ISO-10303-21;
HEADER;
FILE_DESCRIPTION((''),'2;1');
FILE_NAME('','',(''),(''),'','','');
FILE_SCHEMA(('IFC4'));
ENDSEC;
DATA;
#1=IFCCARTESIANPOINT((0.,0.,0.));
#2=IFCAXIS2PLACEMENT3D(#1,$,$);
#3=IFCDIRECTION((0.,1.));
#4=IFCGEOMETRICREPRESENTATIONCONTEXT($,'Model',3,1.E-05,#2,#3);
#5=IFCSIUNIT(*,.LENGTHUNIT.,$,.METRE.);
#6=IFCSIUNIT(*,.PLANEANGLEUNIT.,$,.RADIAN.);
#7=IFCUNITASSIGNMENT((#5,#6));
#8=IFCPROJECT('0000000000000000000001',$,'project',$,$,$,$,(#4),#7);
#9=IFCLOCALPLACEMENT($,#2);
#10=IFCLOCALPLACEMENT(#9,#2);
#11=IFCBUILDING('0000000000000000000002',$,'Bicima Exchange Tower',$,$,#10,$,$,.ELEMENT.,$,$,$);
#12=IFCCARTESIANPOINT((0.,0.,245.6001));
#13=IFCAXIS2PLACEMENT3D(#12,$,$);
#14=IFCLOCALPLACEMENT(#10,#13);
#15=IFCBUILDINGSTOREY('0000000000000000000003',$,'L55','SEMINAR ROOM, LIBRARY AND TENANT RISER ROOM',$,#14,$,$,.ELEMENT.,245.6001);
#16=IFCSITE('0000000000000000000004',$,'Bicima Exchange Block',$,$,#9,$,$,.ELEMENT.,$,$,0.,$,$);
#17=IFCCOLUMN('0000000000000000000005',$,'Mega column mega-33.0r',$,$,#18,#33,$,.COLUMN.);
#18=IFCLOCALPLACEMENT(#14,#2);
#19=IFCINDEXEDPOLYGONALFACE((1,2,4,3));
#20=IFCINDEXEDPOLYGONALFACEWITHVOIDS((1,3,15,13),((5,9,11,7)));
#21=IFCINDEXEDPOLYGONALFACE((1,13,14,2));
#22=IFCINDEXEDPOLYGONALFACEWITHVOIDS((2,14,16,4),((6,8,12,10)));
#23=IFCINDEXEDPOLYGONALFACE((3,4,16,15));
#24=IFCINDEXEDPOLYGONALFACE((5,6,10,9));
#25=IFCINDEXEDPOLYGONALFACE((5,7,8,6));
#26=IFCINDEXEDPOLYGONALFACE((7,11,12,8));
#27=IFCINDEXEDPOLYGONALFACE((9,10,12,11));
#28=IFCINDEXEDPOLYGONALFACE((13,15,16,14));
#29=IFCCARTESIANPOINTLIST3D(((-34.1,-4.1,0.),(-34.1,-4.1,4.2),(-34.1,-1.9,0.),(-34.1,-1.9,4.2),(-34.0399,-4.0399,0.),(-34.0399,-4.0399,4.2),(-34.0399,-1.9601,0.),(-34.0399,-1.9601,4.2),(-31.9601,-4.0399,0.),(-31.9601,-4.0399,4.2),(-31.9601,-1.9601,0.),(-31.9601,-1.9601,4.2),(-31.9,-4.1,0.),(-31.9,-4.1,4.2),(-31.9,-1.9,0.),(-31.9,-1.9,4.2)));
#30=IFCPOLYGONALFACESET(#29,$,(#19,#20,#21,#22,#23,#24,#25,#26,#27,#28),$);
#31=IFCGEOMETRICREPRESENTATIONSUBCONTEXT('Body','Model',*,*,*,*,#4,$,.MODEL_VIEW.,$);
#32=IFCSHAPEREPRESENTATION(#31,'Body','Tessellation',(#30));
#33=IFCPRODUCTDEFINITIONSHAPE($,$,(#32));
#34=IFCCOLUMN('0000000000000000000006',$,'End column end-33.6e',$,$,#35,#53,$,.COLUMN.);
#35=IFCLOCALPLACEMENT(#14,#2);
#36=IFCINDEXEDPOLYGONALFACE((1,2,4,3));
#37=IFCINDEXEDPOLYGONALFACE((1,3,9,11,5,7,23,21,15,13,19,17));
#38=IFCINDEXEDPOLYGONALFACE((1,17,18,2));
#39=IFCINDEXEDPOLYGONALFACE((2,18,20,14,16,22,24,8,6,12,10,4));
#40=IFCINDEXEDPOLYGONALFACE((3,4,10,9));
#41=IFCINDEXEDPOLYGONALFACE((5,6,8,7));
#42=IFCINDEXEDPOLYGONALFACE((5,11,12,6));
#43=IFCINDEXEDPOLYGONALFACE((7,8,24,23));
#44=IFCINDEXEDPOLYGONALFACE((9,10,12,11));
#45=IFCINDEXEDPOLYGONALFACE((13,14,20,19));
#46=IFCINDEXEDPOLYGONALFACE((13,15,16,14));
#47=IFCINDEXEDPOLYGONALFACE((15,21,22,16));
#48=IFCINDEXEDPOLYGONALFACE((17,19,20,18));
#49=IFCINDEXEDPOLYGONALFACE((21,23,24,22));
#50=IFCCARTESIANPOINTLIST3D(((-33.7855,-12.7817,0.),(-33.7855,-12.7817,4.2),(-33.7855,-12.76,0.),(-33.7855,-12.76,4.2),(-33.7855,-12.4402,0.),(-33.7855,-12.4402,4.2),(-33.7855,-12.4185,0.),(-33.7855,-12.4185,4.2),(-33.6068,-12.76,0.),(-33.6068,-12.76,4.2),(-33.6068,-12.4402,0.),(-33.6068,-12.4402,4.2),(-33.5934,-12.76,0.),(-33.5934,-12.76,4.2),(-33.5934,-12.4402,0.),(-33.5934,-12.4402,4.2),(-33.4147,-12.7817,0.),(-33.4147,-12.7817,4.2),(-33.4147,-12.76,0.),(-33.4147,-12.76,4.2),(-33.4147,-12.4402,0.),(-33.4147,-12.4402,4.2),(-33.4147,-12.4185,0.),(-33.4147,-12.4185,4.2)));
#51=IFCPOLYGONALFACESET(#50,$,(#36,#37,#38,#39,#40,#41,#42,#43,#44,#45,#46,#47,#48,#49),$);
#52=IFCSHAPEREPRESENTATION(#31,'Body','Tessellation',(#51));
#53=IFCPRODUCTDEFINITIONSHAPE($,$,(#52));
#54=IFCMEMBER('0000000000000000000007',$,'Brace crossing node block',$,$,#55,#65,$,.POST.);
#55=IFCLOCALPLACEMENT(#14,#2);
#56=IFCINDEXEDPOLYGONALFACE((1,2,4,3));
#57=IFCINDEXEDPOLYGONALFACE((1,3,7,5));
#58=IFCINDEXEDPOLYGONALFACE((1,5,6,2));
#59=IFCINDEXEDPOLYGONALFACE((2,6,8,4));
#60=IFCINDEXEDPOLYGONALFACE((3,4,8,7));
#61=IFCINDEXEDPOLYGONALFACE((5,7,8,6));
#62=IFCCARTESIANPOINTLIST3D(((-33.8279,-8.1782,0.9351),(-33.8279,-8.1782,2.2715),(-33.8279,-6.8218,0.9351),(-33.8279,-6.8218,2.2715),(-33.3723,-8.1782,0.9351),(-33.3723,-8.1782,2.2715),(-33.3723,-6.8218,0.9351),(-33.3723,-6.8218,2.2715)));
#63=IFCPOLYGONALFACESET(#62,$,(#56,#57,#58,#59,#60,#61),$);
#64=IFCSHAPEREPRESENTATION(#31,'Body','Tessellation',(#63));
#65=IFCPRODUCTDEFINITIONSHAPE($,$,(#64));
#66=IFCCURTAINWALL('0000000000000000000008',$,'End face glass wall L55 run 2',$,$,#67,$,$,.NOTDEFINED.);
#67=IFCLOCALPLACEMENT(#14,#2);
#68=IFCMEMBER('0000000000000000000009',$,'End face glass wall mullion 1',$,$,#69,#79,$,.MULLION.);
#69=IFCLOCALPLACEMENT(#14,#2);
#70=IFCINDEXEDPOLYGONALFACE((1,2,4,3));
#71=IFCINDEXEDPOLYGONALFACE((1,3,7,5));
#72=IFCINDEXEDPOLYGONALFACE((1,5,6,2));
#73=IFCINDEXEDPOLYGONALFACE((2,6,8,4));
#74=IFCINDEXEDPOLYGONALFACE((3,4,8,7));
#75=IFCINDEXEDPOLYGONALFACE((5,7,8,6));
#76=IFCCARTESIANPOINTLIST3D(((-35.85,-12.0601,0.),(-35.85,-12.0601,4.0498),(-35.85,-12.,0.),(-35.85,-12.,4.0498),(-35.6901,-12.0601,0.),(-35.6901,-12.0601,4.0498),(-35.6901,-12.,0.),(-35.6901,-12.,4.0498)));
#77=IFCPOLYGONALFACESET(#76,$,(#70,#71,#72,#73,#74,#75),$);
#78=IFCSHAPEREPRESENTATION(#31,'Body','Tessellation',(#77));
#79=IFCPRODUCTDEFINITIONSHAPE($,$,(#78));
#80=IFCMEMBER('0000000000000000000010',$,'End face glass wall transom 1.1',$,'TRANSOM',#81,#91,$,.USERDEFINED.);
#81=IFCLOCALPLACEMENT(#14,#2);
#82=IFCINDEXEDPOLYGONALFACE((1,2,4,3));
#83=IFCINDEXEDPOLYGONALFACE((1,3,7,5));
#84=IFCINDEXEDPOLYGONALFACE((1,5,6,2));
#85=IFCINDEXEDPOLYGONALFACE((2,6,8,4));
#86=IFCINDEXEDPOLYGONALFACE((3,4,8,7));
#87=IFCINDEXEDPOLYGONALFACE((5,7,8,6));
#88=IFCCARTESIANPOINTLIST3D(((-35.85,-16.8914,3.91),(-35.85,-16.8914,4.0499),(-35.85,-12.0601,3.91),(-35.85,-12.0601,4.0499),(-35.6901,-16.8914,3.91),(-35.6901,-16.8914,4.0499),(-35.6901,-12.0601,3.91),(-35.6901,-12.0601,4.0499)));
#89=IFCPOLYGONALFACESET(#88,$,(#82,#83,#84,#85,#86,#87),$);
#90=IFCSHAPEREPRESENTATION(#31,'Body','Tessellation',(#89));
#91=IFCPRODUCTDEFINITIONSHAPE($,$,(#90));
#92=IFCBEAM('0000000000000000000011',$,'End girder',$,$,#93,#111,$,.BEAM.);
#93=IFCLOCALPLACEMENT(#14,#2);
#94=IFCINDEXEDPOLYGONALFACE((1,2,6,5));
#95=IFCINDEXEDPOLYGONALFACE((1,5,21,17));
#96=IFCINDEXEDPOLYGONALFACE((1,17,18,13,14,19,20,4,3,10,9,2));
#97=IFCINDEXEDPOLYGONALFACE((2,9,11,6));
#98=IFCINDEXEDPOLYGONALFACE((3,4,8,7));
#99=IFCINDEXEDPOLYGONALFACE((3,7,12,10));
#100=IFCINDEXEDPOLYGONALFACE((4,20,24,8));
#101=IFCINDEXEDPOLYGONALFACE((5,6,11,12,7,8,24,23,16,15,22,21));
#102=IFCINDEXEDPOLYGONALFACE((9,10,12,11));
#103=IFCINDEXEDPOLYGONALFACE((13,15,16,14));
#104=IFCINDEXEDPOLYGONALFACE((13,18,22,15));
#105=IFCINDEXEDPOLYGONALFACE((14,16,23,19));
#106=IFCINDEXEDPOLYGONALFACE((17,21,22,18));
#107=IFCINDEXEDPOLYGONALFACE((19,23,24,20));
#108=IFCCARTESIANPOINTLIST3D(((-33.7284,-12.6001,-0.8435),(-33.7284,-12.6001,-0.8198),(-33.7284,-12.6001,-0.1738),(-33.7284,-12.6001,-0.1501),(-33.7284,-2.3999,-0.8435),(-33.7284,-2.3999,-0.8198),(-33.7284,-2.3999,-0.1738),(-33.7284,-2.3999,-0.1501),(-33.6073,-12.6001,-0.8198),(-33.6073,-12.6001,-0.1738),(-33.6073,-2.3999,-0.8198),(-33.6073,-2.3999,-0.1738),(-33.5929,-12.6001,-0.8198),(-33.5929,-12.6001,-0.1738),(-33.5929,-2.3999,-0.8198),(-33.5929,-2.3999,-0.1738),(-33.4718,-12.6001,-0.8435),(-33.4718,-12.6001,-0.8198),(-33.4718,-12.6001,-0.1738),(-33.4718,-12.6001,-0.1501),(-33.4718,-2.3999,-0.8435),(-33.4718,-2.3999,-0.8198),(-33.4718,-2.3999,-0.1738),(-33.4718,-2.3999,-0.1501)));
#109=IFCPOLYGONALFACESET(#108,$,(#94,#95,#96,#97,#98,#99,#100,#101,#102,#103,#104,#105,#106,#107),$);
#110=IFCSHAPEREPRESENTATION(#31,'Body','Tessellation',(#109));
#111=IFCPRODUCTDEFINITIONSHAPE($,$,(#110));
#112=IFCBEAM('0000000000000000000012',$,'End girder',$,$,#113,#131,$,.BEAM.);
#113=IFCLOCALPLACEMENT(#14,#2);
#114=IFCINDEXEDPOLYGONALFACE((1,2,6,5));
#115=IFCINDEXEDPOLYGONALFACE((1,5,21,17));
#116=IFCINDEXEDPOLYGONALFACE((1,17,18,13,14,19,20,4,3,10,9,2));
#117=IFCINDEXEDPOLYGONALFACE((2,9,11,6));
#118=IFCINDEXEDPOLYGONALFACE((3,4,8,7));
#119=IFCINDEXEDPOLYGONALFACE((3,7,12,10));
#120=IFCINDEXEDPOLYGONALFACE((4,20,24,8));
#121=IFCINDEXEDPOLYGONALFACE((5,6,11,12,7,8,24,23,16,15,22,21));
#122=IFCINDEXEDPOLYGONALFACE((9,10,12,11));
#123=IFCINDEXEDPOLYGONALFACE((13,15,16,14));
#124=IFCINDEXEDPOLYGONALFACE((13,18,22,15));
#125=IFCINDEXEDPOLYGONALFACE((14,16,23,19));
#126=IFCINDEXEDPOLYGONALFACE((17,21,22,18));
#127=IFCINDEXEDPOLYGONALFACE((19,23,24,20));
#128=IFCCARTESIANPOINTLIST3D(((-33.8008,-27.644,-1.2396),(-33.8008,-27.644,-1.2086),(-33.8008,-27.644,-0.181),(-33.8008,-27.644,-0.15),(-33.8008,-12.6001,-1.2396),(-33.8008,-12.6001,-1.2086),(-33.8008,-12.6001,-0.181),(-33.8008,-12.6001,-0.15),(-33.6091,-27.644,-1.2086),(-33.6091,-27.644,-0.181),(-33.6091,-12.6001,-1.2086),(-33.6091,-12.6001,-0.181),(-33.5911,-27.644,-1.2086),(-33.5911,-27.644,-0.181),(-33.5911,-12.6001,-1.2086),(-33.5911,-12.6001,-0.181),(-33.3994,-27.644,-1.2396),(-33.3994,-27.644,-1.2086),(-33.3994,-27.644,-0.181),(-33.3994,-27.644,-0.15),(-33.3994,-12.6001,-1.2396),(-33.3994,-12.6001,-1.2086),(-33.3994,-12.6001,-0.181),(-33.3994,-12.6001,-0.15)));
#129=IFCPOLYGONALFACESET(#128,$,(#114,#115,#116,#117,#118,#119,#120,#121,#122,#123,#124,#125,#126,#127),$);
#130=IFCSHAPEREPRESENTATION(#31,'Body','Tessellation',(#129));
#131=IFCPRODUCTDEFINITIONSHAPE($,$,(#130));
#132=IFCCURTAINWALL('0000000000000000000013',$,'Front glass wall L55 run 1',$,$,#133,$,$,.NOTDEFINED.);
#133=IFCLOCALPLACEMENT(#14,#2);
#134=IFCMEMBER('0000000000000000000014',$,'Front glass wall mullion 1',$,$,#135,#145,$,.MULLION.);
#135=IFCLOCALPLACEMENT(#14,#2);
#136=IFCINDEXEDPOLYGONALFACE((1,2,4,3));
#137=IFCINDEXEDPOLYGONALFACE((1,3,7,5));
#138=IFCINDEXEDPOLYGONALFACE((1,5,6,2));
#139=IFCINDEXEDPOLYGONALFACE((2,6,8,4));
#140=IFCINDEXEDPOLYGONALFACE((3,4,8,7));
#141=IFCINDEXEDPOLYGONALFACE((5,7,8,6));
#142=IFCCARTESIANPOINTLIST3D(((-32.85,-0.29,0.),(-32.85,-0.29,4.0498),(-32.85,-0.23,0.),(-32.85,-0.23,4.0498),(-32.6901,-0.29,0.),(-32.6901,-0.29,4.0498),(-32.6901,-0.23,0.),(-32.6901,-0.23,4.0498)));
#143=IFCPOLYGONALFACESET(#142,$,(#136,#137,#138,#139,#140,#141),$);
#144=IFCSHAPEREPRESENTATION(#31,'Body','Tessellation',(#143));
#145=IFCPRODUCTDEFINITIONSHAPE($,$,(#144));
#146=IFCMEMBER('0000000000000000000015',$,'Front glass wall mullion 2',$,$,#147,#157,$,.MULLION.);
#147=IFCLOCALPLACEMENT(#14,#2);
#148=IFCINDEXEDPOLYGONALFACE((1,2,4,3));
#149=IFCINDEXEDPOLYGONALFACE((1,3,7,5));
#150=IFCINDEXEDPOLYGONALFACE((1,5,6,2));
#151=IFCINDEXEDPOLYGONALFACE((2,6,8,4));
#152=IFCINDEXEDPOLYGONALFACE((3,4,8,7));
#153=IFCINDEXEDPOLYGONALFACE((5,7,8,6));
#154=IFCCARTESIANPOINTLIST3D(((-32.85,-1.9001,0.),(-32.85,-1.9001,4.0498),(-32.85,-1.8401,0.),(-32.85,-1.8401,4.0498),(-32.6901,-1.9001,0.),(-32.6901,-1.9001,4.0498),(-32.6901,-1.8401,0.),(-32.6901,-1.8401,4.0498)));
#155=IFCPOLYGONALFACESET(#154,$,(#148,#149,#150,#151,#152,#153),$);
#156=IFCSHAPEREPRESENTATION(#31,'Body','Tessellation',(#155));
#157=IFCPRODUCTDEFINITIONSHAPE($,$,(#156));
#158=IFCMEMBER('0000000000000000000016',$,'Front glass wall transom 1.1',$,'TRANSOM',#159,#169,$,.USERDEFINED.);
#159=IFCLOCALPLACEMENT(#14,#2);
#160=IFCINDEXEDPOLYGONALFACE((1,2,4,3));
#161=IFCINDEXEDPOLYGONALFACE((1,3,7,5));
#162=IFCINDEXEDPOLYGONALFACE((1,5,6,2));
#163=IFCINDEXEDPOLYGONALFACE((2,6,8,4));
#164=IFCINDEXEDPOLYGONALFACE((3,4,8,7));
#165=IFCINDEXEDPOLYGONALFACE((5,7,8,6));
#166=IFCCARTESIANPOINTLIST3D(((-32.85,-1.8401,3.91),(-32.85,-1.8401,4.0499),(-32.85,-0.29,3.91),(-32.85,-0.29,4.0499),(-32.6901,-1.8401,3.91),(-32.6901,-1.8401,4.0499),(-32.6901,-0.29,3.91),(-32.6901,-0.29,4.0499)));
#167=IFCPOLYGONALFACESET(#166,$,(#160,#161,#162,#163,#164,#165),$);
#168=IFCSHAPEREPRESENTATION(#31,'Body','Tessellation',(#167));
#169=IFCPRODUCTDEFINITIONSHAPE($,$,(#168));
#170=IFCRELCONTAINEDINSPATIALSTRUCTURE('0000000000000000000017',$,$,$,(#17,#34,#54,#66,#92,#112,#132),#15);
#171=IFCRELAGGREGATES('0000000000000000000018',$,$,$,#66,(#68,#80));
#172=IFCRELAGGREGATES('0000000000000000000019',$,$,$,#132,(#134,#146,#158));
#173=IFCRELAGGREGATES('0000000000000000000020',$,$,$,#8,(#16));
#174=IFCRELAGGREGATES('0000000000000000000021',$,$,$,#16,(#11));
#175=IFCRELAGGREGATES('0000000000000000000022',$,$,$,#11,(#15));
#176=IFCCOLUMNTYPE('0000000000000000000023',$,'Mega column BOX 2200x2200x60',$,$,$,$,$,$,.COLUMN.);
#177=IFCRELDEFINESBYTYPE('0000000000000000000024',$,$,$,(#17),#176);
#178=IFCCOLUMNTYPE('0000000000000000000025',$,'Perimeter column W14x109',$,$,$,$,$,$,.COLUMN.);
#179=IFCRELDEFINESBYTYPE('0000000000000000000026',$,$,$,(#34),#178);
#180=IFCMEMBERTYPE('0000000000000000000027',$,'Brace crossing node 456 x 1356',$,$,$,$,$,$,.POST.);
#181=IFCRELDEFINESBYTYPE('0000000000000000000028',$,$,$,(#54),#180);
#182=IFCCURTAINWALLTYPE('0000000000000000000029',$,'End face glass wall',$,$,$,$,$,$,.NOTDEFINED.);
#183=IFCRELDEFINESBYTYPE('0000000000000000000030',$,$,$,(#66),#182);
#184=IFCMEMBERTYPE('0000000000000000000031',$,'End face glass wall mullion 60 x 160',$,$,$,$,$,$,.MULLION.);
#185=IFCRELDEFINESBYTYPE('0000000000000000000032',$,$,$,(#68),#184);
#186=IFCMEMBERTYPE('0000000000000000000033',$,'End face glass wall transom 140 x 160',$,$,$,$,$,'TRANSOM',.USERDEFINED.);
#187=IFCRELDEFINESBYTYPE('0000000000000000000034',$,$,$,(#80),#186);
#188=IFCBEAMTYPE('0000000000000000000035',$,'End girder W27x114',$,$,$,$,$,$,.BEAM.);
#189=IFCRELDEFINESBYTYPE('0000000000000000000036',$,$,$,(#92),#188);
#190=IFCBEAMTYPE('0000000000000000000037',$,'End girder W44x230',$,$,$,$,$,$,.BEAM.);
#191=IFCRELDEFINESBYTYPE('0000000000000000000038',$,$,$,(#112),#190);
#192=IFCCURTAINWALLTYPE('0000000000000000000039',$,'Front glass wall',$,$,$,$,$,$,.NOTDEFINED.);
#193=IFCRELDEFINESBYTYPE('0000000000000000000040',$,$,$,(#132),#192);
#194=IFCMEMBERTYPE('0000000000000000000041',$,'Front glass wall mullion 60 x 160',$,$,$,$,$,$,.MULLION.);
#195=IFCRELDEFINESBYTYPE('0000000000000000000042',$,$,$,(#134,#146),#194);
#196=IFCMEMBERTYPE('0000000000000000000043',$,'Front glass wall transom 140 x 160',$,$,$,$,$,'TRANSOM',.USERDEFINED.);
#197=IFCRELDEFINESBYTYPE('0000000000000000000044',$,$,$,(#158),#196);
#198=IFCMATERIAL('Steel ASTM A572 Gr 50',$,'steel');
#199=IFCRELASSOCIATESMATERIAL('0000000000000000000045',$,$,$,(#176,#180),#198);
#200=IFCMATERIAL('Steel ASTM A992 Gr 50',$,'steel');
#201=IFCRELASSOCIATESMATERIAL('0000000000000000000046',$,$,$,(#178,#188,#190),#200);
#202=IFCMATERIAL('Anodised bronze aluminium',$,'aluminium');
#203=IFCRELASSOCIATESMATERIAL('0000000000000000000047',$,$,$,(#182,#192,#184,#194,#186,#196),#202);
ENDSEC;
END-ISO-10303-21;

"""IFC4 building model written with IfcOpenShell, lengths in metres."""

from ifc_helpers import new_model, si_unit, direction, frame, origin, origin_2d, place, context, subcontext, project, spatial, rectangle, hollow_rectangle, i_section, extrude, material, material_profile, profile_set, type_object, element, aggregate, save


model = new_model("IFC4")

# Units and contexts
model_context = context("Model", 3, precision=1e-05, world=origin(), true_north=direction((0.0, 1.0)))
body_context = subcontext(model_context, "Body", "Model", "MODEL_VIEW")
ifc_project = project(units=[si_unit("LENGTHUNIT", "METRE"), si_unit("PLANEANGLEUNIT", "RADIAN")], contexts=[model_context])

# Site, building, storey
site_placement = place(None, origin())
site = spatial("IfcSite", under=ifc_project, at=site_placement, Name="Bicima Exchange Block", CompositionType="ELEMENT", RefElevation=0.0)
building_placement = place(site_placement, origin())
building = spatial("IfcBuilding", under=site, at=building_placement, Name="Bicima Exchange Tower", CompositionType="ELEMENT")
storey_placement = place(building_placement, frame((0.0, 0.0, 245.6001)))
storey = spatial("IfcBuildingStorey", under=building, at=storey_placement, Name="L55", Description="SEMINAR ROOM, LIBRARY AND TENANT RISER ROOM", CompositionType="ELEMENT", Elevation=245.6001)

# Columns
ifc_material_1 = material(Name="Steel ASTM A572 Gr 50", Category="steel")
ifc_material_profile_1 = material_profile(ifc_material_1, hollow_rectangle(XDim=2.2, YDim=2.2, WallThickness=0.0601, at=origin_2d()))
ifc_profile_set_1 = profile_set([ifc_material_profile_1], Name="Steel ASTM A572 Gr 50")
column_type_1 = type_object("IfcColumnType", Name="Mega column BOX 2200x2200x60", PredefinedType="COLUMN", material=ifc_profile_set_1)
column_1_placement = place(storey_placement, frame((-33.0, -3.0, 0.0), z_axis=(0.0, 0.0, 1.0), x_axis=(1.0, 0.0, 0.0)))
element("IfcColumn", 1, at=column_1_placement, inside=storey, type_object=column_type_1, Name="Mega column mega-33.0r", PredefinedType="COLUMN", context=body_context, shape_type="SweptSolid", body=[
    extrude(hollow_rectangle(XDim=2.2, YDim=2.2, WallThickness=0.0601, at=origin_2d()), origin(), (0.0, 0.0, 1.0), 4.2),
])
ifc_material_2 = material(Name="Steel ASTM A992 Gr 50", Category="steel")
ifc_material_profile_2 = material_profile(ifc_material_2, i_section(OverallWidth=0.3708, OverallDepth=0.3633, WebThickness=0.0134, FlangeThickness=0.0217, at=origin_2d()))
ifc_profile_set_2 = profile_set([ifc_material_profile_2], Name="Steel ASTM A992 Gr 50")
column_type_2 = type_object("IfcColumnType", Name="Perimeter column W14x109", PredefinedType="COLUMN", material=ifc_profile_set_2)
column_2_placement = place(storey_placement, frame((-33.6001, -12.6001, 0.0), z_axis=(0.0, 0.0, 1.0), x_axis=(1.0, 0.0, 0.0)))
element("IfcColumn", 2, at=column_2_placement, inside=storey, type_object=column_type_2, Name="End column end-33.6e", PredefinedType="COLUMN", context=body_context, shape_type="SweptSolid", body=[
    extrude(i_section(OverallWidth=0.3708, OverallDepth=0.3633, WebThickness=0.0134, FlangeThickness=0.0217, at=origin_2d()), origin(), (0.0, 0.0, 1.0), 4.2),
])

# Member
ifc_material_profile_3 = material_profile(ifc_material_1, rectangle(XDim=0.4556, YDim=1.3564, at=origin_2d()))
ifc_profile_set_3 = profile_set([ifc_material_profile_3], Name="Steel ASTM A572 Gr 50")
member_type_1 = type_object("IfcMemberType", Name="Brace crossing node 456 x 1356", PredefinedType="POST", material=ifc_profile_set_3)
member_1_placement = place(storey_placement, frame((-33.6001, -7.5, 0.9351), z_axis=(0.0, 0.0, 1.0), x_axis=(1.0, 0.0, 0.0)))
element("IfcMember", 3, at=member_1_placement, inside=storey, type_object=member_type_1, Name="Brace crossing node block", PredefinedType="POST", context=body_context, shape_type="SweptSolid", body=[
    extrude(rectangle(XDim=0.4556, YDim=1.3564, at=origin_2d()), origin(), (0.0, 0.0, 1.0), 1.3364),
])

# Curtain wall, members
ifc_material_3 = material(Name="Anodised bronze aluminium", Category="aluminium")
curtain_wall_type_1 = type_object("IfcCurtainWallType", Name="End face glass wall", PredefinedType="NOTDEFINED", material=ifc_material_3)
curtain_wall_1_placement = place(storey_placement, origin())
curtain_wall_1 = element("IfcCurtainWall", 4, at=curtain_wall_1_placement, inside=storey, type_object=curtain_wall_type_1, Name="End face glass wall L55 run 2", PredefinedType="NOTDEFINED")
ifc_material_profile_4 = material_profile(ifc_material_3, rectangle(XDim=0.1599, YDim=0.0601, at=origin_2d()))
ifc_profile_set_4 = profile_set([ifc_material_profile_4], Name="Anodised bronze aluminium")
member_type_2 = type_object("IfcMemberType", Name="End face glass wall mullion 60 x 160", PredefinedType="MULLION", material=ifc_profile_set_4)
member_2_placement = place(storey_placement, frame((-35.77, -12.03, 0.0), z_axis=(0.0, 0.0, 1.0), x_axis=(1.0, 0.0, 0.0)))
member_2 = element("IfcMember", 5, at=member_2_placement, type_object=member_type_2, Name="End face glass wall mullion 1", PredefinedType="MULLION", context=body_context, shape_type="SweptSolid", body=[
    extrude(rectangle(XDim=0.1599, YDim=0.0601, at=origin_2d()), origin(), (0.0, 0.0, 1.0), 4.0498),
])
ifc_material_profile_5 = material_profile(ifc_material_3, rectangle(XDim=0.1599, YDim=0.1399, at=origin_2d()))
ifc_profile_set_5 = profile_set([ifc_material_profile_5], Name="Anodised bronze aluminium")
member_type_3 = type_object("IfcMemberType", Name="End face glass wall transom 140 x 160", ElementType="TRANSOM", PredefinedType="USERDEFINED", material=ifc_profile_set_5)
member_3_placement = place(storey_placement, frame((-35.77, -12.0601, 3.98), z_axis=(0.0, -1.0, 0.0), x_axis=(1.0, 0.0, 0.0)))
member_3 = element("IfcMember", 6, at=member_3_placement, type_object=member_type_3, Name="End face glass wall transom 1.1", ObjectType="TRANSOM", PredefinedType="USERDEFINED", context=body_context, shape_type="SweptSolid", body=[
    extrude(rectangle(XDim=0.1599, YDim=0.1399, at=origin_2d()), origin(), (0.0, 0.0, 1.0), 4.8313),
])
aggregate(curtain_wall_1, [member_2, member_3])

# Beams
ifc_material_profile_6 = material_profile(ifc_material_2, i_section(OverallWidth=0.2566, OverallDepth=0.6934, WebThickness=0.0144, FlangeThickness=0.0237, at=origin_2d()))
ifc_profile_set_6 = profile_set([ifc_material_profile_6], Name="Steel ASTM A992 Gr 50")
beam_type_1 = type_object("IfcBeamType", Name="End girder W27x114", PredefinedType="BEAM", material=ifc_profile_set_6)
beam_1_placement = place(storey_placement, frame((-33.6001, -2.3999, -0.4968), z_axis=(0.0, -1.0, 0.0), x_axis=(1.0, 0.0, 0.0)))
element("IfcBeam", 7, at=beam_1_placement, inside=storey, type_object=beam_type_1, Name="End girder", PredefinedType="BEAM", context=body_context, shape_type="SweptSolid", body=[
    extrude(i_section(OverallWidth=0.2566, OverallDepth=0.6934, WebThickness=0.0144, FlangeThickness=0.0237, at=origin_2d()), origin(), (0.0, 0.0, 1.0), 10.2002),
])
ifc_material_profile_7 = material_profile(ifc_material_2, i_section(OverallWidth=0.4014, OverallDepth=1.0896, WebThickness=0.0181, FlangeThickness=0.031, at=origin_2d()))
ifc_profile_set_7 = profile_set([ifc_material_profile_7], Name="Steel ASTM A992 Gr 50")
beam_type_2 = type_object("IfcBeamType", Name="End girder W44x230", PredefinedType="BEAM", material=ifc_profile_set_7)
beam_2_placement = place(storey_placement, frame((-33.6001, -12.6001, -0.6948), z_axis=(0.0, -1.0, 0.0), x_axis=(1.0, 0.0, 0.0)))
element("IfcBeam", 8, at=beam_2_placement, inside=storey, type_object=beam_type_2, Name="End girder", PredefinedType="BEAM", context=body_context, shape_type="SweptSolid", body=[
    extrude(i_section(OverallWidth=0.4014, OverallDepth=1.0896, WebThickness=0.0181, FlangeThickness=0.031, at=origin_2d()), origin(), (0.0, 0.0, 1.0), 15.0439),
])

# Curtain wall, members
curtain_wall_type_2 = type_object("IfcCurtainWallType", Name="Front glass wall", PredefinedType="NOTDEFINED", material=ifc_material_3)
curtain_wall_2_placement = place(storey_placement, origin())
curtain_wall_2 = element("IfcCurtainWall", 9, at=curtain_wall_2_placement, inside=storey, type_object=curtain_wall_type_2, Name="Front glass wall L55 run 1", PredefinedType="NOTDEFINED")
member_type_4 = type_object("IfcMemberType", Name="Front glass wall mullion 60 x 160", PredefinedType="MULLION", material=ifc_profile_set_4)
member_4_placement = place(storey_placement, frame((-32.77, -0.26, 0.0), z_axis=(0.0, 0.0, 1.0), x_axis=(1.0, 0.0, 0.0)))
member_4 = element("IfcMember", 10, at=member_4_placement, type_object=member_type_4, Name="Front glass wall mullion 1", PredefinedType="MULLION", context=body_context, shape_type="SweptSolid", body=[
    extrude(rectangle(XDim=0.1599, YDim=0.0601, at=origin_2d()), origin(), (0.0, 0.0, 1.0), 4.0498),
])
member_5_placement = place(storey_placement, frame((-32.77, -1.8701, 0.0), z_axis=(0.0, 0.0, 1.0), x_axis=(1.0, 0.0, 0.0)))
member_5 = element("IfcMember", 11, at=member_5_placement, type_object=member_type_4, Name="Front glass wall mullion 2", PredefinedType="MULLION", context=body_context, shape_type="SweptSolid", body=[
    extrude(rectangle(XDim=0.1599, YDim=0.0601, at=origin_2d()), origin(), (0.0, 0.0, 1.0), 4.0498),
])
member_type_5 = type_object("IfcMemberType", Name="Front glass wall transom 140 x 160", ElementType="TRANSOM", PredefinedType="USERDEFINED", material=ifc_profile_set_5)
member_6_placement = place(storey_placement, frame((-32.77, -0.29, 3.98), z_axis=(0.0, -1.0, 0.0), x_axis=(1.0, 0.0, 0.0)))
member_6 = element("IfcMember", 12, at=member_6_placement, type_object=member_type_5, Name="Front glass wall transom 1.1", ObjectType="TRANSOM", PredefinedType="USERDEFINED", context=body_context, shape_type="SweptSolid", body=[
    extrude(rectangle(XDim=0.1599, YDim=0.1399, at=origin_2d()), origin(), (0.0, 0.0, 1.0), 1.55),
])

aggregate(curtain_wall_2, [member_4, member_5, member_6])

save(model, "model.ifc")
